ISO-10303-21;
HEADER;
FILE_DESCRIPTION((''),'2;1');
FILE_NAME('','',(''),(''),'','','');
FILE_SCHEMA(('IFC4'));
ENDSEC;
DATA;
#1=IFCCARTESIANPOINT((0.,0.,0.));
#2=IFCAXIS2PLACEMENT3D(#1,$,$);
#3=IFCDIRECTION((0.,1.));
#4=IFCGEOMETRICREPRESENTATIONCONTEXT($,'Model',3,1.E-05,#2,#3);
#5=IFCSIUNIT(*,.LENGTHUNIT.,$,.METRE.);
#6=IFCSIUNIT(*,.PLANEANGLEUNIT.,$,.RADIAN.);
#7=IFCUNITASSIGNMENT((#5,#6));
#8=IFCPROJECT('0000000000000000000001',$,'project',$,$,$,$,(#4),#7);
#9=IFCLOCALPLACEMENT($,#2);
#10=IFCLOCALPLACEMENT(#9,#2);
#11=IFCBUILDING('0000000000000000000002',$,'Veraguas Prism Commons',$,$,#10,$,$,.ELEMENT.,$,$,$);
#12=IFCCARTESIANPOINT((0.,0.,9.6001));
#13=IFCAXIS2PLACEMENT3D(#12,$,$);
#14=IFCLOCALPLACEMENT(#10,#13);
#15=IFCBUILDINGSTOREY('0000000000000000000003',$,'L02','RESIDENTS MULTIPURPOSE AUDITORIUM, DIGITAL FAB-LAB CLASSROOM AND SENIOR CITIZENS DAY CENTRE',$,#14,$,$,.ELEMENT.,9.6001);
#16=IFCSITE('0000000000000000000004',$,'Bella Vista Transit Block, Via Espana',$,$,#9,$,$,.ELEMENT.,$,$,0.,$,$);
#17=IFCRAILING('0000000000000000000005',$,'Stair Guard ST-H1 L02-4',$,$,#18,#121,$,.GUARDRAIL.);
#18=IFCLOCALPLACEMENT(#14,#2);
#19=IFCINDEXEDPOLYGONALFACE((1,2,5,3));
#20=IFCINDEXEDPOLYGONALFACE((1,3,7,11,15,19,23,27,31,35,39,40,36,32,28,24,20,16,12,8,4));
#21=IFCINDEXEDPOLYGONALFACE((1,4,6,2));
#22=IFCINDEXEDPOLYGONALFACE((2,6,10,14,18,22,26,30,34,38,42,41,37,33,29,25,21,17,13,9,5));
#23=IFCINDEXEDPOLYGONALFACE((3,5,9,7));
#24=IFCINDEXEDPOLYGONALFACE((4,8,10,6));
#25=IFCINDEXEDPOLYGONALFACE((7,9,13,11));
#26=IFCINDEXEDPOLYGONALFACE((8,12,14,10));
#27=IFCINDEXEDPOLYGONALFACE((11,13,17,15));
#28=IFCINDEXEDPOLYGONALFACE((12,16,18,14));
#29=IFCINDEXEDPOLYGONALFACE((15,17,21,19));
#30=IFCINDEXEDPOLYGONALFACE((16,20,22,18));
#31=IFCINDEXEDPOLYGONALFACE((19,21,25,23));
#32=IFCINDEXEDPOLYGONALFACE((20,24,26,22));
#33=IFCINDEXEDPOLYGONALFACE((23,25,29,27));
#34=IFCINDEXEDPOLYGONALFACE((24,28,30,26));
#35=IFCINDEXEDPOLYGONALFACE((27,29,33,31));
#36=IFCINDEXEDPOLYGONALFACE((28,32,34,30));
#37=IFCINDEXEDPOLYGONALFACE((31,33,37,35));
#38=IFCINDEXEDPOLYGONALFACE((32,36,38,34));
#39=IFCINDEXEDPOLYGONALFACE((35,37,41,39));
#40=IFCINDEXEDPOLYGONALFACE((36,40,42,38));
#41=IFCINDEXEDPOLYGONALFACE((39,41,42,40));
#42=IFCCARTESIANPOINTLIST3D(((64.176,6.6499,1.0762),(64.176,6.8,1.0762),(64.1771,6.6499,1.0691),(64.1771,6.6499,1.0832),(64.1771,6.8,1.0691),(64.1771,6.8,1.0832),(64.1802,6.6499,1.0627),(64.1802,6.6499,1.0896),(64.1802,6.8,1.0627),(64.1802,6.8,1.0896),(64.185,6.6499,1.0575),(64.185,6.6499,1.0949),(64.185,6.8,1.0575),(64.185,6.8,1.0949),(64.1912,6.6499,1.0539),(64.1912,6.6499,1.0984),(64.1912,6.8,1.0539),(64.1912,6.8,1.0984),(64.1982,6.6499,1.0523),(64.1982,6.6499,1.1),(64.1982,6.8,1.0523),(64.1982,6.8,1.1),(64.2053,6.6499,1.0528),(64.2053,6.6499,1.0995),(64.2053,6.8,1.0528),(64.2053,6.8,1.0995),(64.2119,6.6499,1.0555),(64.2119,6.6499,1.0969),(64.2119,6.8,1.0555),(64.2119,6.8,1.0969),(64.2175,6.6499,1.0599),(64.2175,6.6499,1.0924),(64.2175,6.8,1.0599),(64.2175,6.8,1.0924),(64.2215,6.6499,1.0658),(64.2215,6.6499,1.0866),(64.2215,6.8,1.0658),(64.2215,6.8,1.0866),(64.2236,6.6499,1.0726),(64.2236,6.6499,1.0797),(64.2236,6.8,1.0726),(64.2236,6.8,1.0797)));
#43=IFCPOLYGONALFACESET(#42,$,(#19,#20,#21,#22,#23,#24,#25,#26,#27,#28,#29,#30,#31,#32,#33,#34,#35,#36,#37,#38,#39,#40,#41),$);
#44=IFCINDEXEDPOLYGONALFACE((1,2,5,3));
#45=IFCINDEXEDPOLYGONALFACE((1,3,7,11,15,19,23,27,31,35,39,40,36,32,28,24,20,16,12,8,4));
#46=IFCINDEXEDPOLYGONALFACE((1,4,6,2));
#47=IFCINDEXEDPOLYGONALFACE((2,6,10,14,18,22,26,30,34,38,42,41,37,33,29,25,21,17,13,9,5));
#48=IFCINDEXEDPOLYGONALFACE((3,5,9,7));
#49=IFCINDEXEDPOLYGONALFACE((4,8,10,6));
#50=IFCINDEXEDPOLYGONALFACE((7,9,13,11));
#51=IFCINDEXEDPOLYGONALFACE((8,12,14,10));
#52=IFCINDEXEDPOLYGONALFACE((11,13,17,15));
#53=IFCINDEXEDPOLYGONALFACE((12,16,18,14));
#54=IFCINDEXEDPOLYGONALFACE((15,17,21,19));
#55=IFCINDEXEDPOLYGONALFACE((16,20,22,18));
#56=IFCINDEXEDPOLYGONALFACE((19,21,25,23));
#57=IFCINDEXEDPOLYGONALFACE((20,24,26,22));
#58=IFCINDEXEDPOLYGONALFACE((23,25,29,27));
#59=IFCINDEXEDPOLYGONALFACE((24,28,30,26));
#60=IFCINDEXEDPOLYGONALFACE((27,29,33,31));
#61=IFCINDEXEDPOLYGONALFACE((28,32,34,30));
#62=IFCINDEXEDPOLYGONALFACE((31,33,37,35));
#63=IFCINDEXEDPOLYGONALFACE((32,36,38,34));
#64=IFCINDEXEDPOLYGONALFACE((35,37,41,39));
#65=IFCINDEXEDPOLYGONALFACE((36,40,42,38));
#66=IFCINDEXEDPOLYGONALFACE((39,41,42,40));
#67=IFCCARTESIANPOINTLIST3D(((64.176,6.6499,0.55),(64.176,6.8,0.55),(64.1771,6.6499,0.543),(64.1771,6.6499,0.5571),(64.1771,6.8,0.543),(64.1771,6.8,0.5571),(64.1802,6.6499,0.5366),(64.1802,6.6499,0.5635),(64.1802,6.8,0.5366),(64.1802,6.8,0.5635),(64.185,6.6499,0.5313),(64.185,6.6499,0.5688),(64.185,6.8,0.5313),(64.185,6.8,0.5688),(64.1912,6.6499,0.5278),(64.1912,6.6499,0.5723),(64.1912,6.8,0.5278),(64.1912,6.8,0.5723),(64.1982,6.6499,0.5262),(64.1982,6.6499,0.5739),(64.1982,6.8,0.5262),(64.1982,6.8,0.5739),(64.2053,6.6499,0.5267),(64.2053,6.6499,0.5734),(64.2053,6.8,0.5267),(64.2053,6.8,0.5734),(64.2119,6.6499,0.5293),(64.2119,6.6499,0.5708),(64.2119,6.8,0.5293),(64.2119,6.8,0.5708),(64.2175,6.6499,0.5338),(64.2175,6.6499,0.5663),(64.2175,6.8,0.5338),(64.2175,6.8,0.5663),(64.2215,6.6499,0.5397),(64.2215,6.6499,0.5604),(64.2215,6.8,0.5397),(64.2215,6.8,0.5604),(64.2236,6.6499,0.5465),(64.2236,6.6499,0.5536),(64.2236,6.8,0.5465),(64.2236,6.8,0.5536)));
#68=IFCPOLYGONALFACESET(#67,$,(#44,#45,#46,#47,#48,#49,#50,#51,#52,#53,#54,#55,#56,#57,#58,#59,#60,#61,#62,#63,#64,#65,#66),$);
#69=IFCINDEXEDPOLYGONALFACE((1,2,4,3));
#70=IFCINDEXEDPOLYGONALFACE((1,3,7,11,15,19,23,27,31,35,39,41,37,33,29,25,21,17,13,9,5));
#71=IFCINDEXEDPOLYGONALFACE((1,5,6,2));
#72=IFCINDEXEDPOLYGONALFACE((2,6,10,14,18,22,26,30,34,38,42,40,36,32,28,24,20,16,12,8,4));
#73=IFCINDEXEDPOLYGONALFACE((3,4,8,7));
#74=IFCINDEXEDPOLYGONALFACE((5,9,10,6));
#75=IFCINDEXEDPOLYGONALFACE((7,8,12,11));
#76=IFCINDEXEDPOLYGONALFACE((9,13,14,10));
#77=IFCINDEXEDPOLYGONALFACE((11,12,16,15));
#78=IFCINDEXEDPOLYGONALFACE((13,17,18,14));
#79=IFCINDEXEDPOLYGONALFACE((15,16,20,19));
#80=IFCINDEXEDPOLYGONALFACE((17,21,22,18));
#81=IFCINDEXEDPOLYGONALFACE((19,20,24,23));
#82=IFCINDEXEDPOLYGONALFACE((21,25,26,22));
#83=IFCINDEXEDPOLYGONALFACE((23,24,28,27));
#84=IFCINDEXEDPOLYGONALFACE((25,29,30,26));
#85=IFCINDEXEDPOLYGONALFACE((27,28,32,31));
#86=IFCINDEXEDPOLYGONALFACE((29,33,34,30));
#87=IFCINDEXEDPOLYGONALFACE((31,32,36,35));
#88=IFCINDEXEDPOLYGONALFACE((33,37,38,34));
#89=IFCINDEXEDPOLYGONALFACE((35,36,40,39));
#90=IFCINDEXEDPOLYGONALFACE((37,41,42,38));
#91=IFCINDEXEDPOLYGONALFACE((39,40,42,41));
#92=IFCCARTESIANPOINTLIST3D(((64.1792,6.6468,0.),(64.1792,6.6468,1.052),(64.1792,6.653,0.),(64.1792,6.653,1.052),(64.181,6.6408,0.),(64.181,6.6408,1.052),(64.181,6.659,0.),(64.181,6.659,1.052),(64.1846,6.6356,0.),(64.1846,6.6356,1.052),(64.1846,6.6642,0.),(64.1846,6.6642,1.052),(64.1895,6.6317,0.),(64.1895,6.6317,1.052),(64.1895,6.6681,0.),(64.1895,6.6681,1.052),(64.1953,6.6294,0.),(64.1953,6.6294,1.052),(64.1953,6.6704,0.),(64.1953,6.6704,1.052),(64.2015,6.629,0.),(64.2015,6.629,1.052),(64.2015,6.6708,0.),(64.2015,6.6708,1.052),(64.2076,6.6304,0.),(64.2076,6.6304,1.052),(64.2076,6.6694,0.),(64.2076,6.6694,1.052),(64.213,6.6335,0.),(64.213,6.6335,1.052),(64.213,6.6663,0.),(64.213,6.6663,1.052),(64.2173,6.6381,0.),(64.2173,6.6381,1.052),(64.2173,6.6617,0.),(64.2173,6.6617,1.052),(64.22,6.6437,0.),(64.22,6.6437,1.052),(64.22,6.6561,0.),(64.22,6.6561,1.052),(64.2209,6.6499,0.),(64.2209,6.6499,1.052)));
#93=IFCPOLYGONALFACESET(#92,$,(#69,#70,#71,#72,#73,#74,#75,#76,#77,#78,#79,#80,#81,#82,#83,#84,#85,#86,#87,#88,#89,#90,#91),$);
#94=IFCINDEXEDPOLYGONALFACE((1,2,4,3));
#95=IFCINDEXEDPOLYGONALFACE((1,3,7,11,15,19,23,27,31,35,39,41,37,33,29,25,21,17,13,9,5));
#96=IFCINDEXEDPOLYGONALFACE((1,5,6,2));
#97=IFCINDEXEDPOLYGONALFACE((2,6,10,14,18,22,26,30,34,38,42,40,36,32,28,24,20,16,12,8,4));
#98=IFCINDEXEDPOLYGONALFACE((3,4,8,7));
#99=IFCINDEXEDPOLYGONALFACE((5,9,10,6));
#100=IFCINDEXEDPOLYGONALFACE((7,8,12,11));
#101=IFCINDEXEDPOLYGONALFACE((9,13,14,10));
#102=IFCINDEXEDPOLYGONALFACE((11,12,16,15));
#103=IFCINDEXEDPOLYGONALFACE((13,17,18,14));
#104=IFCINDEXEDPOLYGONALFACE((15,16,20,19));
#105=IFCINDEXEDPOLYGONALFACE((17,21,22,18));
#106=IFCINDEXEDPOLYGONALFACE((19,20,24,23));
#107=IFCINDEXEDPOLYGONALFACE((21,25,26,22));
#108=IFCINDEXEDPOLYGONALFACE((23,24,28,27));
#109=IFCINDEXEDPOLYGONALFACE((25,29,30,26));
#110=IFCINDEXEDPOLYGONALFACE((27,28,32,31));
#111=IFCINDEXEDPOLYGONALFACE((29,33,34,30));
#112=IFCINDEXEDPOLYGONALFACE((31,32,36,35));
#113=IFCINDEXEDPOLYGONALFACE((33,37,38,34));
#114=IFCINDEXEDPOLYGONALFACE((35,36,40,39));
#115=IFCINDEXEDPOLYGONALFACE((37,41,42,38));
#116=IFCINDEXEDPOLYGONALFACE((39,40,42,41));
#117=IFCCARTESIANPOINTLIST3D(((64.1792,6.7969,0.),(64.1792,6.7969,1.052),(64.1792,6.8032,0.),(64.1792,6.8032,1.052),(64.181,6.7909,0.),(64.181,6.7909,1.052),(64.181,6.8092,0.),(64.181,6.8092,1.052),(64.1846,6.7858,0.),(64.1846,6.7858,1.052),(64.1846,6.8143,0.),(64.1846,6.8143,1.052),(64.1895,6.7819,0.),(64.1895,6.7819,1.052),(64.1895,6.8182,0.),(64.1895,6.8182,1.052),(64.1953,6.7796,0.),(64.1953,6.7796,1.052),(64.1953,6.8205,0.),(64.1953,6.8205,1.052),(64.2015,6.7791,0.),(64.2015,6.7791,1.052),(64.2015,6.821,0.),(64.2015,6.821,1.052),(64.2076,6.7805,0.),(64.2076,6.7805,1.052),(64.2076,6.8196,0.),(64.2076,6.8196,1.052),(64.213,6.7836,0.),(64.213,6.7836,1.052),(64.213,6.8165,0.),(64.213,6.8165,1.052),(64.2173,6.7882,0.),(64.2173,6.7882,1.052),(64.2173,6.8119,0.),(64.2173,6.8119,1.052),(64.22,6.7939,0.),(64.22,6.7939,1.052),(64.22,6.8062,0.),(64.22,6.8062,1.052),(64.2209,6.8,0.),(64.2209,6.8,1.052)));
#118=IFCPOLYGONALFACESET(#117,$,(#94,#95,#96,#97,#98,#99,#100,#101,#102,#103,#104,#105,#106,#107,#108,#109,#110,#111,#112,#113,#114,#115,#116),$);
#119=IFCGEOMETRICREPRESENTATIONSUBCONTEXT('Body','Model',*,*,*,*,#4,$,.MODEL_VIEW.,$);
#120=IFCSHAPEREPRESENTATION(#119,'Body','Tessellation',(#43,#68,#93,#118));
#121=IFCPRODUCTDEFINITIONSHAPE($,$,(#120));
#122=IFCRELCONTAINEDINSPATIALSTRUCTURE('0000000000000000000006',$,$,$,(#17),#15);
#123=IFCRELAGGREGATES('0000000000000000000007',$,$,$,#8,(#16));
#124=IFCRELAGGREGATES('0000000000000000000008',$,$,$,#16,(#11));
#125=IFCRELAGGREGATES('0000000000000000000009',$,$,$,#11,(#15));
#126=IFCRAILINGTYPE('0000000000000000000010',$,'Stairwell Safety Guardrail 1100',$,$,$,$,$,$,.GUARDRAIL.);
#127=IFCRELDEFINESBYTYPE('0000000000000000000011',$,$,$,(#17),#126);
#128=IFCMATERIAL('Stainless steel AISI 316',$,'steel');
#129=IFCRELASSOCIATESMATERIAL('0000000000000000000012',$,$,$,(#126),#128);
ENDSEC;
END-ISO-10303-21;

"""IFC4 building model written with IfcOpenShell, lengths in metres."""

from ifc_helpers import new_model, si_unit, direction, frame, origin, origin_2d, place, context, subcontext, project, spatial, circle, extrude, material, type_object, element, save


model = new_model("IFC4")

# Units and contexts
model_context = context("Model", 3, precision=1e-05, world=origin(), true_north=direction((0.0, 1.0)))
body_context = subcontext(model_context, "Body", "Model", "MODEL_VIEW")
ifc_project = project(units=[si_unit("LENGTHUNIT", "METRE"), si_unit("PLANEANGLEUNIT", "RADIAN")], contexts=[model_context])

# Site, building, storey
site_placement = place(None, origin())
site = spatial("IfcSite", under=ifc_project, at=site_placement, Name="Bella Vista Transit Block, Via Espana", CompositionType="ELEMENT", RefElevation=0.0)
building_placement = place(site_placement, origin())
building = spatial("IfcBuilding", under=site, at=building_placement, Name="Veraguas Prism Commons", CompositionType="ELEMENT")
storey_placement = place(building_placement, frame((0.0, 0.0, 9.6001)))
storey = spatial("IfcBuildingStorey", under=building, at=storey_placement, Name="L02", Description="RESIDENTS MULTIPURPOSE AUDITORIUM, DIGITAL FAB-LAB CLASSROOM AND SENIOR CITIZENS DAY CENTRE", CompositionType="ELEMENT", Elevation=9.6001)

# Shared definitions
ifc_material_1 = material(Name="Stainless steel AISI 316", Category="steel")

# Railing
railing_type_1 = type_object("IfcRailingType", Name="Stairwell Safety Guardrail 1100", PredefinedType="GUARDRAIL", material=ifc_material_1)
railing_1_placement = place(storey_placement, frame((64.2, 6.6499, 0.0)))
element("IfcRailing", 1, at=railing_1_placement, inside=storey, type_object=railing_type_1, Name="Stair Guard ST-H1 L02-4", PredefinedType="GUARDRAIL", context=body_context, shape_type="SweptSolid", body=[
    extrude(circle(Radius=0.0239, at=origin_2d()), frame((0.0, 0.0, 1.0762), z_axis=(0.0, 1.0, 0.0), x_axis=(-1.0, 0.0, 0.0)), (0.0, 0.0, 1.0), 0.1501),
    extrude(circle(Radius=0.0239, at=origin_2d()), frame((0.0, 0.0, 0.55), z_axis=(0.0, 1.0, 0.0), x_axis=(-1.0, 0.0, 0.0)), (0.0, 0.0, 1.0), 0.1501),
    extrude(circle(Radius=0.021, at=origin_2d()), origin(), (0.0, 0.0, 1.0), 1.052),
    extrude(circle(Radius=0.021, at=origin_2d()), frame((0.0, 0.1501, 0.0)), (0.0, 0.0, 1.0), 1.052),
])

save(model, "model.ifc")
